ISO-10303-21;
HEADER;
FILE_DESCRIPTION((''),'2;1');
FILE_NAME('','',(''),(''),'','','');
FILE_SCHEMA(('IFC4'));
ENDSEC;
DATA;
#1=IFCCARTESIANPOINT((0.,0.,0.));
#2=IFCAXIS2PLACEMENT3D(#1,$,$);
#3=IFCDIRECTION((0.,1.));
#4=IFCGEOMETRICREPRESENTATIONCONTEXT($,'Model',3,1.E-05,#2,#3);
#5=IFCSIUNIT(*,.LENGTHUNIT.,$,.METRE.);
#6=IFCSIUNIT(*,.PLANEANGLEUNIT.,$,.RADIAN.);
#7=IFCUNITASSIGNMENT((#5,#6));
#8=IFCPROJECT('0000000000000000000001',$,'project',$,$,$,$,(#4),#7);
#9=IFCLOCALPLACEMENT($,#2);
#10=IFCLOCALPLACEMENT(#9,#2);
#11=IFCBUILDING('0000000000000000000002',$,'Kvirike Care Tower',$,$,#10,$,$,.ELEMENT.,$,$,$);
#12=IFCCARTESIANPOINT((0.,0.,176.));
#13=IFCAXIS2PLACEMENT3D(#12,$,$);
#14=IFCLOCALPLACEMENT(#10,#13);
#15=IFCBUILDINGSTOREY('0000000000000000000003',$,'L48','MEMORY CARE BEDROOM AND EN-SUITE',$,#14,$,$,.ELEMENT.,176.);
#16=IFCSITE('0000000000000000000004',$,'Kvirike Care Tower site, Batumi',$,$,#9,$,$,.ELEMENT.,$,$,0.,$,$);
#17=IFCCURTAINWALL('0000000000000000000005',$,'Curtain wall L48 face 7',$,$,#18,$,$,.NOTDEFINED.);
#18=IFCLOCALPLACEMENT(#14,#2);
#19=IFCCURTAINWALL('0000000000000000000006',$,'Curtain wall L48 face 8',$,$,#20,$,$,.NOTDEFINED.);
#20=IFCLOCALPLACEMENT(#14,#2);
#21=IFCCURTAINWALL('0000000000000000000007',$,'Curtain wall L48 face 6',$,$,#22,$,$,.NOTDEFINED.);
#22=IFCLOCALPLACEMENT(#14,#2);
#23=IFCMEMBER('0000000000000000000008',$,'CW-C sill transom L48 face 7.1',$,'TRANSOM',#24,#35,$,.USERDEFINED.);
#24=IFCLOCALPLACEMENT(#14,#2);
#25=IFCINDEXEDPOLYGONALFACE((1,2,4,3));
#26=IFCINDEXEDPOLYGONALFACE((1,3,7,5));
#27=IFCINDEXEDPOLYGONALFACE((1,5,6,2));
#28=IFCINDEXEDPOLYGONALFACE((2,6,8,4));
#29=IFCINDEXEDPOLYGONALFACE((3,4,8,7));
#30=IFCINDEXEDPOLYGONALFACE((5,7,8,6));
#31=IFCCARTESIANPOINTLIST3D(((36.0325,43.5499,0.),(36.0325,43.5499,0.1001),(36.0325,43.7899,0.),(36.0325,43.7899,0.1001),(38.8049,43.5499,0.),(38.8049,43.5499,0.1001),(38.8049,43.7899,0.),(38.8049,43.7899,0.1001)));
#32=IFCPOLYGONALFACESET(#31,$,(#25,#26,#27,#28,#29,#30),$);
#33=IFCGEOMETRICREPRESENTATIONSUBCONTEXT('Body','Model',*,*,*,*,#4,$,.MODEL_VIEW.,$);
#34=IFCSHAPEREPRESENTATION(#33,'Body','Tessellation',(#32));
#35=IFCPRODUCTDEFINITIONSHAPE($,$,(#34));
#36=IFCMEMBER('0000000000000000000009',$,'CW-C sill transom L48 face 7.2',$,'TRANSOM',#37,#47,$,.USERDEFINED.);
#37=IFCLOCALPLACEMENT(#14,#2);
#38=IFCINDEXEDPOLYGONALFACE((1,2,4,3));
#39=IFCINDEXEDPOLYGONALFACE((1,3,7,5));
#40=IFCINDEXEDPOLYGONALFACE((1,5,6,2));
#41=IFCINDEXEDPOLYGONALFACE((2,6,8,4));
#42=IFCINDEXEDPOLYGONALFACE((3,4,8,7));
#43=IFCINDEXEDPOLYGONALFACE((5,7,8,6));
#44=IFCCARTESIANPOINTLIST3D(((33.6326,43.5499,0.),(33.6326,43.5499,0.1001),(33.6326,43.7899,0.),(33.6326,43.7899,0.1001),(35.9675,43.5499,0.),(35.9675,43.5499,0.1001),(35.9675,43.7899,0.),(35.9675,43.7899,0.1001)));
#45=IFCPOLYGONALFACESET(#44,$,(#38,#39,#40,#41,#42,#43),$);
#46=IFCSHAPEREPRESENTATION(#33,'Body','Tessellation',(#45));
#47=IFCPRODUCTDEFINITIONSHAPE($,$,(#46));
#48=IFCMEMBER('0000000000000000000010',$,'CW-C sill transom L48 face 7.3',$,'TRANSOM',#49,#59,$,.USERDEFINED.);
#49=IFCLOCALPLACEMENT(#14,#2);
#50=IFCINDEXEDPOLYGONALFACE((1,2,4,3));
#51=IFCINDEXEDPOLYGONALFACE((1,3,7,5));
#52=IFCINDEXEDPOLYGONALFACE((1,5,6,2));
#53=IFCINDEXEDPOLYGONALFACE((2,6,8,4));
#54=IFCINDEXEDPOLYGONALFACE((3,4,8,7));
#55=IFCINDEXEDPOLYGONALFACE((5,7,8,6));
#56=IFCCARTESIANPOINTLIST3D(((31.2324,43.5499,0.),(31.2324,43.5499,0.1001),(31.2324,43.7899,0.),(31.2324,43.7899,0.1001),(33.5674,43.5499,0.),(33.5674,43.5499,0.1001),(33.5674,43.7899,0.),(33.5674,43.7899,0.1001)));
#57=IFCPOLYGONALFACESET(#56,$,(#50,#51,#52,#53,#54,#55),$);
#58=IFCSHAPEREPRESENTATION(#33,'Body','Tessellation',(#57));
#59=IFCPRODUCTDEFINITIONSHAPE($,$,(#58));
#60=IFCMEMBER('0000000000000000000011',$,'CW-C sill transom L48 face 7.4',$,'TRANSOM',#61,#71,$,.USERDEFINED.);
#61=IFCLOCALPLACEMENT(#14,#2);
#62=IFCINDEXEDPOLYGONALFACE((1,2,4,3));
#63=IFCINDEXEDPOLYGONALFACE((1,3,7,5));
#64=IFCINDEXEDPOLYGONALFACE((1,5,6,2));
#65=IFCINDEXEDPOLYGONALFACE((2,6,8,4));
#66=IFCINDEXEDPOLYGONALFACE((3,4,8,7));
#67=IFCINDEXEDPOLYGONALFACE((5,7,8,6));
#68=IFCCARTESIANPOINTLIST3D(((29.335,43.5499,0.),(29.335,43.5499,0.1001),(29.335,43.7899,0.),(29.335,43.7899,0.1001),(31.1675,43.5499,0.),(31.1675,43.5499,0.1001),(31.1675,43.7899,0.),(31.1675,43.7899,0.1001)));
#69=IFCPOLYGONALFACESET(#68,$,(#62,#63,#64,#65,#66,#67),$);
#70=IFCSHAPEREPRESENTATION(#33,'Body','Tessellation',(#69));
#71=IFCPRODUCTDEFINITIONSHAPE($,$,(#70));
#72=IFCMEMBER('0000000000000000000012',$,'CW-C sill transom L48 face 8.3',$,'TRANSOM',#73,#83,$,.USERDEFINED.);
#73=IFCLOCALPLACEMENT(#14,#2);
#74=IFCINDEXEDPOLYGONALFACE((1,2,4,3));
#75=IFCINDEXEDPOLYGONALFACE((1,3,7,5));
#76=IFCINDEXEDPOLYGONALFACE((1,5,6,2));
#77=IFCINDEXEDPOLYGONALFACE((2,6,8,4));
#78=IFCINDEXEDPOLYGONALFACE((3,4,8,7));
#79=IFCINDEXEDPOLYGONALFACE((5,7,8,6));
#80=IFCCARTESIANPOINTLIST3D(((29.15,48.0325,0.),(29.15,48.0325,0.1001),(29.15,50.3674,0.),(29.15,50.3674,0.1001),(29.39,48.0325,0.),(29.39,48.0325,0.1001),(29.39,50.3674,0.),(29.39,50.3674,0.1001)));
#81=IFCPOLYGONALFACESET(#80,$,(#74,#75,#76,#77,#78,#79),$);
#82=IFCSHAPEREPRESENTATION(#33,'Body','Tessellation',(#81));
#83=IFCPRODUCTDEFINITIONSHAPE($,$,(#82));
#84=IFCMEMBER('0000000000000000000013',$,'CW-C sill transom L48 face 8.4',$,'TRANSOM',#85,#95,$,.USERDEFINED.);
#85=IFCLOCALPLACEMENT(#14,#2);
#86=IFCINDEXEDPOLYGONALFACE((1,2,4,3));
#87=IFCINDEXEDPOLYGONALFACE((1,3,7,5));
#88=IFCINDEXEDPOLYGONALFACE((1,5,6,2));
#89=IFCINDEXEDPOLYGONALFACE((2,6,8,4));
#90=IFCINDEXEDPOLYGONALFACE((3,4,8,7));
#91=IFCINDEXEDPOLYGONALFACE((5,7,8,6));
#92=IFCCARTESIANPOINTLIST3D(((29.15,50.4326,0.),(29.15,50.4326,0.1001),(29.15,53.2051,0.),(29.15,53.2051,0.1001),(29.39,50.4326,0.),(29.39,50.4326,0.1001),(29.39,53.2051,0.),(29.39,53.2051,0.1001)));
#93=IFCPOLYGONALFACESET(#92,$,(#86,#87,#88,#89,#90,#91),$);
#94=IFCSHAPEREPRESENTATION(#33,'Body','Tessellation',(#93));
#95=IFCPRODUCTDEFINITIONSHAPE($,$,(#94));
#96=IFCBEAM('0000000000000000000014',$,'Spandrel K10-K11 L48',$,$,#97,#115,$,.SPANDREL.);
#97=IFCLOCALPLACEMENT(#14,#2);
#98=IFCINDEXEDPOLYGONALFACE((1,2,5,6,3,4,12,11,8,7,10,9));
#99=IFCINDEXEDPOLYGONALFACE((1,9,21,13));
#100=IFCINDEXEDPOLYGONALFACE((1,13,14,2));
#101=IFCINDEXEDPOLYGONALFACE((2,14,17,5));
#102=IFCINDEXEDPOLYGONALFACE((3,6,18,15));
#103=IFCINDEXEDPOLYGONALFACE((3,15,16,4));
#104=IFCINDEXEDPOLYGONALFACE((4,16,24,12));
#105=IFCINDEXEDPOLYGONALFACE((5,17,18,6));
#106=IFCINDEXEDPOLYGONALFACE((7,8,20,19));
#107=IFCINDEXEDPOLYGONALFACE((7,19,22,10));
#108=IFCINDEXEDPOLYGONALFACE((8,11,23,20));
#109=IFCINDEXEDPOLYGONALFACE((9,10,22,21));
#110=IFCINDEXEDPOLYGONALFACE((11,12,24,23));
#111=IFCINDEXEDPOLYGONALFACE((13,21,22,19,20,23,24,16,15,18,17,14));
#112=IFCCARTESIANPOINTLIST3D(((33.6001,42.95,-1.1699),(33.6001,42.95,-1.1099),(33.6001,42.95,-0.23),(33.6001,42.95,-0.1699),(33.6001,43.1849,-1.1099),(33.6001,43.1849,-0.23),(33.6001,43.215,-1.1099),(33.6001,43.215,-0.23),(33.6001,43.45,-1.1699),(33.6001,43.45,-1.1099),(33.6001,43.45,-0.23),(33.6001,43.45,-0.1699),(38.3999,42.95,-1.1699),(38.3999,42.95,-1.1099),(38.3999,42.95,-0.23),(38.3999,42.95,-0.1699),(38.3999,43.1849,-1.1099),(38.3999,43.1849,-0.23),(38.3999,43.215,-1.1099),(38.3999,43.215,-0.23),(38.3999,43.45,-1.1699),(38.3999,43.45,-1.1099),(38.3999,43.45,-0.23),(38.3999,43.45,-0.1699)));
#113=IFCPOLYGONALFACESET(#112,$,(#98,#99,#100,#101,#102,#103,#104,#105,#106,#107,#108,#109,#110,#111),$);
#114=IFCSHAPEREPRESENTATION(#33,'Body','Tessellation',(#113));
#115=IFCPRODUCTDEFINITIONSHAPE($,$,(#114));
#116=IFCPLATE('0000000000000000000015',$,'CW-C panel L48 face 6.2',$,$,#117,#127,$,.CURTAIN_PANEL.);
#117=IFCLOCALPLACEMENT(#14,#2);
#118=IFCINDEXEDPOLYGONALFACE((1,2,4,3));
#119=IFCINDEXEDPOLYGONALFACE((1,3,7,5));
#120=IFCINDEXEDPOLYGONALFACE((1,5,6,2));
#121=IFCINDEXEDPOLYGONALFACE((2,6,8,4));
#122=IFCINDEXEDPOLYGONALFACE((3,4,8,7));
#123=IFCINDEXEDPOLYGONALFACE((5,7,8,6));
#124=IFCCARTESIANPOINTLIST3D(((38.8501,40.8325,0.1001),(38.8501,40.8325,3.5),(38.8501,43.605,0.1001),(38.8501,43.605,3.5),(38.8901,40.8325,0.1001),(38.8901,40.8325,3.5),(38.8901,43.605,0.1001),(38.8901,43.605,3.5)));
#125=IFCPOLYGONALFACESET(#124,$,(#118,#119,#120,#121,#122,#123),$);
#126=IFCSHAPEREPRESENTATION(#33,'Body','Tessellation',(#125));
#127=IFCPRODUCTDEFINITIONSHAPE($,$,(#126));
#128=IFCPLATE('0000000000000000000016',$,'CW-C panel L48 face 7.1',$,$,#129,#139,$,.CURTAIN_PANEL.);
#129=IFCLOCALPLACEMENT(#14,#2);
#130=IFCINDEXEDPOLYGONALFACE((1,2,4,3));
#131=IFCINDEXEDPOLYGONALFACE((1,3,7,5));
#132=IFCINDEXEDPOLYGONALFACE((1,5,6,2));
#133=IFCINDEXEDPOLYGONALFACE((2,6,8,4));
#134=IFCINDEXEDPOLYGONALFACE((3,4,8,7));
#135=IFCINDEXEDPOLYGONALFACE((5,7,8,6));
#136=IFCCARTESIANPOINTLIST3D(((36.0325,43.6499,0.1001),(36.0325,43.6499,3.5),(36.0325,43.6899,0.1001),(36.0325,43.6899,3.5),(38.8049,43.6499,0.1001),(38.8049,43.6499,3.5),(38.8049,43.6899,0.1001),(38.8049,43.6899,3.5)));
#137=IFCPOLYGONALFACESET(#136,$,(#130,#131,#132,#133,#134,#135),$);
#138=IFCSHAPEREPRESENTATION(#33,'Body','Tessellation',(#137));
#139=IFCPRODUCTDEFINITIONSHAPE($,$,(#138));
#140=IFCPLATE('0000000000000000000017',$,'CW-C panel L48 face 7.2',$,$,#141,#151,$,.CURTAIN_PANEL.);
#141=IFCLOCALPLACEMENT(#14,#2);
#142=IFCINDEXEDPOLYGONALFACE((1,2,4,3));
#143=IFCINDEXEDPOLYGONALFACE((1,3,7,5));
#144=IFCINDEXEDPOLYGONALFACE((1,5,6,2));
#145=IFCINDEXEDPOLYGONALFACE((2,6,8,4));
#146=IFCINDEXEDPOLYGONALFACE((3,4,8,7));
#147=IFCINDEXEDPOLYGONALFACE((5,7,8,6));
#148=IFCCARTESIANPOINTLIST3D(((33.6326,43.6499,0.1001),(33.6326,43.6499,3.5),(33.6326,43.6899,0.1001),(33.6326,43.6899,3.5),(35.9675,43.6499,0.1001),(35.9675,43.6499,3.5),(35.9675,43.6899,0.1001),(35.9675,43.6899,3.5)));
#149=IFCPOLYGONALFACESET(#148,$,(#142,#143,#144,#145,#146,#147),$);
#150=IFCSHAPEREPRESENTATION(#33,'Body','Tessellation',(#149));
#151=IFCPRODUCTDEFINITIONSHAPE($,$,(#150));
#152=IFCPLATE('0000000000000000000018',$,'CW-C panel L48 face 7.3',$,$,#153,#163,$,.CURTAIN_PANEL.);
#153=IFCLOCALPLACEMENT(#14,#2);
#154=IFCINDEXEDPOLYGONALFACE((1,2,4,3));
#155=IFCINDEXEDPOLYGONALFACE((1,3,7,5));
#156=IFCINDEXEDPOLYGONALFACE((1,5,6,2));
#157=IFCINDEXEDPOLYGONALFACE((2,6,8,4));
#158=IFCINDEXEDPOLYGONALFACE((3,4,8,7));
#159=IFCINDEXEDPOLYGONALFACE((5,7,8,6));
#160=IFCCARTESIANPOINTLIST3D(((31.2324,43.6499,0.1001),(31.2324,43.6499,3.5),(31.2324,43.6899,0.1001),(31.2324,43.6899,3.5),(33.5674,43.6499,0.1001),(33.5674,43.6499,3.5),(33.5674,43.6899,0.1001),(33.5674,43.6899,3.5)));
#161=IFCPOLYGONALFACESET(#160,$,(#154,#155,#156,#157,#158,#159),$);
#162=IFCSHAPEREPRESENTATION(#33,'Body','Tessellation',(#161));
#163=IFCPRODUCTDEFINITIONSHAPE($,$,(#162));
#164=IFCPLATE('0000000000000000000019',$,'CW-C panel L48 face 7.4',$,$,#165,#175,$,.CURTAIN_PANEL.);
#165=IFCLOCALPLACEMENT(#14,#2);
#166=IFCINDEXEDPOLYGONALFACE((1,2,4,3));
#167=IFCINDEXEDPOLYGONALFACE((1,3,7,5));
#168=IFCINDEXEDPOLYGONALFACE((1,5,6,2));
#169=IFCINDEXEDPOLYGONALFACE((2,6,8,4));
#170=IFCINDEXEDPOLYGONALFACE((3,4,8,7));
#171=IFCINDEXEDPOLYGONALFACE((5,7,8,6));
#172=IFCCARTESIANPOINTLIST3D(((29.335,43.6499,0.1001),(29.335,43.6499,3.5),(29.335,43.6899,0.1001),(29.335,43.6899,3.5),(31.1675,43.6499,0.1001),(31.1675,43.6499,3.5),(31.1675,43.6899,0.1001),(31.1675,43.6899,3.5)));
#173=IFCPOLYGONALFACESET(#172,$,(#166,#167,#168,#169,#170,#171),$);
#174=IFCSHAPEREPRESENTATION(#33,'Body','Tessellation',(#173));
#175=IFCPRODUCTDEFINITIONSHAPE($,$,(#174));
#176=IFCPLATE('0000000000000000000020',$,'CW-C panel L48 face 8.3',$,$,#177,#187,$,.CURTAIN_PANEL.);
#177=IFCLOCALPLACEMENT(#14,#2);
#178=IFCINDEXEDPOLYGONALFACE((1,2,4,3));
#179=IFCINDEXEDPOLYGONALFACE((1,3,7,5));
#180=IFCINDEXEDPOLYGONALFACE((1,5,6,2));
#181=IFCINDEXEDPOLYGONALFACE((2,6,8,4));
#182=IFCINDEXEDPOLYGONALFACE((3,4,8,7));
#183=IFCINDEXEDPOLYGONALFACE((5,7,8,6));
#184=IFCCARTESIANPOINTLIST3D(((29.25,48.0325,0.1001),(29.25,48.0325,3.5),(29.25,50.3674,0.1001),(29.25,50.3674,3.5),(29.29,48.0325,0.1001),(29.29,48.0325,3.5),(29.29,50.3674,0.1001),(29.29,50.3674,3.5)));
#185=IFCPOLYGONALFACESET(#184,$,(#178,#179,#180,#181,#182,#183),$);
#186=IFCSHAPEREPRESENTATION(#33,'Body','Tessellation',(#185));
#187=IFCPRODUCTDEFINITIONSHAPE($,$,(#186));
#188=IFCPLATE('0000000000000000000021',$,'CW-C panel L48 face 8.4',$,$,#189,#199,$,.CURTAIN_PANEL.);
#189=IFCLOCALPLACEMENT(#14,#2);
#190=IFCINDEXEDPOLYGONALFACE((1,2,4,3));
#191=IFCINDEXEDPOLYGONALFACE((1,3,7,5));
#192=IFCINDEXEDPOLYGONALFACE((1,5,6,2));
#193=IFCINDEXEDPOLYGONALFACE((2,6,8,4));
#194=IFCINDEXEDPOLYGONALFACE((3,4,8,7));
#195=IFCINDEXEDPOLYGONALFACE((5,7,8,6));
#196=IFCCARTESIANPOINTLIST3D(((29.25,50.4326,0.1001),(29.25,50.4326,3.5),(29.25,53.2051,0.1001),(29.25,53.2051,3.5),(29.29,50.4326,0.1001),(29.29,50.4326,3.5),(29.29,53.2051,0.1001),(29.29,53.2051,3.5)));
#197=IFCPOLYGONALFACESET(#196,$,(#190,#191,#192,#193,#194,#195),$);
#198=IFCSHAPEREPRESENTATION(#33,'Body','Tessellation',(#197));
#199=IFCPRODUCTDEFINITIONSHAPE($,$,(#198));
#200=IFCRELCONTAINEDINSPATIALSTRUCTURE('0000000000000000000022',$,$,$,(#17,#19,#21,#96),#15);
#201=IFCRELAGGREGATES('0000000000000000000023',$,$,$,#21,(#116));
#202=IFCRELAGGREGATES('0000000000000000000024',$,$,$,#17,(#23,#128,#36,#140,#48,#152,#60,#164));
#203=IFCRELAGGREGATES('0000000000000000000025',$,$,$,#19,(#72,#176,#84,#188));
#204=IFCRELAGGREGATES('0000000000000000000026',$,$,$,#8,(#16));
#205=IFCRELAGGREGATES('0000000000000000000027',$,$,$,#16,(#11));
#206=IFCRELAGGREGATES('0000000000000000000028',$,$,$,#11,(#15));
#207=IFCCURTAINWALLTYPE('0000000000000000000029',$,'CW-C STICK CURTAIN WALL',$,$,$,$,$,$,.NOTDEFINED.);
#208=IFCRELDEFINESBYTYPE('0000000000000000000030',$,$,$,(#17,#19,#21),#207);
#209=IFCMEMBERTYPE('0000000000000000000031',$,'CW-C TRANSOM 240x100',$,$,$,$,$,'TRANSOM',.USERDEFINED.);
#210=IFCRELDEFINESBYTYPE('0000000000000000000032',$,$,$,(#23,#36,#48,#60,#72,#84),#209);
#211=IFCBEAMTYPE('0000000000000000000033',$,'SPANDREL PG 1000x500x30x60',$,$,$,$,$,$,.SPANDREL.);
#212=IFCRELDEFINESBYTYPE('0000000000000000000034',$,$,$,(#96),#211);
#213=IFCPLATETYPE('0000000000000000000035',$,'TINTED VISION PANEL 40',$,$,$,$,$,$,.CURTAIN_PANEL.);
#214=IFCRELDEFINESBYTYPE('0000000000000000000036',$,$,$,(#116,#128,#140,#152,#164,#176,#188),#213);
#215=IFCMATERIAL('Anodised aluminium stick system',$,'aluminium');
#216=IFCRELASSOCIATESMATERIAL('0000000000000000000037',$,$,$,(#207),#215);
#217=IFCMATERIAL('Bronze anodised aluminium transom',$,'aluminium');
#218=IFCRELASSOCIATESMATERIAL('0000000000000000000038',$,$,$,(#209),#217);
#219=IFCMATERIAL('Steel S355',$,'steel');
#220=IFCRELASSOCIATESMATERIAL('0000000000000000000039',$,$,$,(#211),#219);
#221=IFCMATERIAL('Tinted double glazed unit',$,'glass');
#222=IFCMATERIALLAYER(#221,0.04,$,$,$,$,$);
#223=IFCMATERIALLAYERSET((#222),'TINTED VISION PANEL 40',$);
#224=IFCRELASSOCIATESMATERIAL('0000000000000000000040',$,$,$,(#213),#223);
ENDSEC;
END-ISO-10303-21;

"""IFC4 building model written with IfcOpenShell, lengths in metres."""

from ifc_helpers import new_model, si_unit, direction, frame, origin, origin_2d, place, context, subcontext, project, spatial, rectangle, i_section, extrude, material, layer, layer_set, material_profile, profile_set, type_object, element, aggregate, save


model = new_model("IFC4")

# Units and contexts
model_context = context("Model", 3, precision=1e-05, world=origin(), true_north=direction((0.0, 1.0)))
body_context = subcontext(model_context, "Body", "Model", "MODEL_VIEW")
ifc_project = project(units=[si_unit("LENGTHUNIT", "METRE"), si_unit("PLANEANGLEUNIT", "RADIAN")], contexts=[model_context])

# Site, building, storey
site_placement = place(None, origin())
site = spatial("IfcSite", under=ifc_project, at=site_placement, Name="Kvirike Care Tower site, Batumi", CompositionType="ELEMENT", RefElevation=0.0)
building_placement = place(site_placement, origin())
building = spatial("IfcBuilding", under=site, at=building_placement, Name="Kvirike Care Tower", CompositionType="ELEMENT")
storey_placement = place(building_placement, frame((0.0, 0.0, 176.0)))
storey = spatial("IfcBuildingStorey", under=building, at=storey_placement, Name="L48", Description="MEMORY CARE BEDROOM AND EN-SUITE", CompositionType="ELEMENT", Elevation=176.0)

# Curtain walls
ifc_material_1 = material(Name="Anodised aluminium stick system", Category="aluminium")
curtain_wall_type = type_object("IfcCurtainWallType", Name="CW-C STICK CURTAIN WALL", PredefinedType="NOTDEFINED", material=ifc_material_1)
curtain_wall_1_placement = place(storey_placement, origin())
curtain_wall_1 = element("IfcCurtainWall", 1, at=curtain_wall_1_placement, inside=storey, type_object=curtain_wall_type, Name="Curtain wall L48 face 7", PredefinedType="NOTDEFINED")
curtain_wall_2_placement = place(storey_placement, origin())
curtain_wall_2 = element("IfcCurtainWall", 2, at=curtain_wall_2_placement, inside=storey, type_object=curtain_wall_type, Name="Curtain wall L48 face 8", PredefinedType="NOTDEFINED")

# Curtain wall
curtain_wall_3_placement = place(storey_placement, origin())
curtain_wall_3 = element("IfcCurtainWall", 3, at=curtain_wall_3_placement, inside=storey, type_object=curtain_wall_type, Name="Curtain wall L48 face 6", PredefinedType="NOTDEFINED")

# Members
ifc_material_2 = material(Name="Bronze anodised aluminium transom", Category="aluminium")
ifc_material_profile_1 = material_profile(ifc_material_2, rectangle(XDim=0.24, YDim=0.1001, at=origin_2d()), Name="CW-C TRANSOM 240x100")
ifc_profile_set_1 = profile_set([ifc_material_profile_1], Name="Bronze anodised aluminium transom")
member_type_1 = type_object("IfcMemberType", Name="CW-C TRANSOM 240x100", ElementType="TRANSOM", PredefinedType="USERDEFINED", material=ifc_profile_set_1)
member_1_placement = place(storey_placement, frame((38.8049, 43.6699, 0.05), z_axis=(-1.0, 0.0, 0.0), x_axis=(0.0, -1.0, 0.0)))
member_1 = element("IfcMember", 4, at=member_1_placement, type_object=member_type_1, Name="CW-C sill transom L48 face 7.1", ObjectType="TRANSOM", PredefinedType="USERDEFINED", context=body_context, shape_type="SweptSolid", body=[
    extrude(rectangle(XDim=0.24, YDim=0.1001, at=origin_2d()), origin(), (0.0, 0.0, 1.0), 2.7725),
])
member_2_placement = place(storey_placement, frame((35.9675, 43.6699, 0.05), z_axis=(-1.0, 0.0, 0.0), x_axis=(0.0, -1.0, 0.0)))
member_2 = element("IfcMember", 5, at=member_2_placement, type_object=member_type_1, Name="CW-C sill transom L48 face 7.2", ObjectType="TRANSOM", PredefinedType="USERDEFINED", context=body_context, shape_type="SweptSolid", body=[
    extrude(rectangle(XDim=0.24, YDim=0.1001, at=origin_2d()), origin(), (0.0, 0.0, 1.0), 2.335),
])
member_3_placement = place(storey_placement, frame((33.5674, 43.6699, 0.05), z_axis=(-1.0, 0.0, 0.0), x_axis=(0.0, -1.0, 0.0)))
member_3 = element("IfcMember", 6, at=member_3_placement, type_object=member_type_1, Name="CW-C sill transom L48 face 7.3", ObjectType="TRANSOM", PredefinedType="USERDEFINED", context=body_context, shape_type="SweptSolid", body=[
    extrude(rectangle(XDim=0.24, YDim=0.1001, at=origin_2d()), origin(), (0.0, 0.0, 1.0), 2.335),
])
member_4_placement = place(storey_placement, frame((31.1675, 43.6699, 0.05), z_axis=(-1.0, 0.0, 0.0), x_axis=(0.0, -1.0, 0.0)))
member_4 = element("IfcMember", 7, at=member_4_placement, type_object=member_type_1, Name="CW-C sill transom L48 face 7.4", ObjectType="TRANSOM", PredefinedType="USERDEFINED", context=body_context, shape_type="SweptSolid", body=[
    extrude(rectangle(XDim=0.24, YDim=0.1001, at=origin_2d()), origin(), (0.0, 0.0, 1.0), 1.8325),
])
member_5_placement = place(storey_placement, frame((29.27, 48.0325, 0.05), z_axis=(0.0, 1.0, 0.0), x_axis=(-1.0, 0.0, 0.0)))
member_5 = element("IfcMember", 8, at=member_5_placement, type_object=member_type_1, Name="CW-C sill transom L48 face 8.3", ObjectType="TRANSOM", PredefinedType="USERDEFINED", context=body_context, shape_type="SweptSolid", body=[
    extrude(rectangle(XDim=0.24, YDim=0.1001, at=origin_2d()), origin(), (0.0, 0.0, 1.0), 2.335),
])
member_6_placement = place(storey_placement, frame((29.27, 50.4326, 0.05), z_axis=(0.0, 1.0, 0.0), x_axis=(-1.0, 0.0, 0.0)))
member_6 = element("IfcMember", 9, at=member_6_placement, type_object=member_type_1, Name="CW-C sill transom L48 face 8.4", ObjectType="TRANSOM", PredefinedType="USERDEFINED", context=body_context, shape_type="SweptSolid", body=[
    extrude(rectangle(XDim=0.24, YDim=0.1001, at=origin_2d()), origin(), (0.0, 0.0, 1.0), 2.7725),
])

# Beam
ifc_material_3 = material(Name="Steel S355", Category="steel")
ifc_material_profile_2 = material_profile(ifc_material_3, i_section(OverallWidth=0.5, OverallDepth=1.0, WebThickness=0.03, FlangeThickness=0.0601, at=origin_2d()), Name="PG 1000x500x30x60")
ifc_profile_set_2 = profile_set([ifc_material_profile_2], Name="Steel S355")
beam_type = type_object("IfcBeamType", Name="SPANDREL PG 1000x500x30x60", PredefinedType="SPANDREL", material=ifc_profile_set_2)
beam_placement = place(storey_placement, frame((33.6001, 43.2, -0.6699), z_axis=(1.0, 0.0, 0.0), x_axis=(0.0, 1.0, 0.0)))
element("IfcBeam", 10, at=beam_placement, inside=storey, type_object=beam_type, Name="Spandrel K10-K11 L48", PredefinedType="SPANDREL", context=body_context, shape_type="SweptSolid", body=[
    extrude(i_section(OverallWidth=0.5, OverallDepth=1.0, WebThickness=0.03, FlangeThickness=0.0601, at=origin_2d()), origin(), (0.0, 0.0, 1.0), 4.7998),
])

# Plates
ifc_material_4 = material(Name="Tinted double glazed unit", Category="glass")
ifc_layer_1 = layer(ifc_material_4, 0.04)
ifc_layer_set_1 = layer_set([ifc_layer_1], Name="TINTED VISION PANEL 40")
plate_type = type_object("IfcPlateType", Name="TINTED VISION PANEL 40", PredefinedType="CURTAIN_PANEL", material=ifc_layer_set_1)
plate_1_placement = place(storey_placement, frame((38.8701, 42.2188, 0.1001), z_axis=(0.0, 0.0, 1.0), x_axis=(0.0, 1.0, 0.0)))
plate_1 = element("IfcPlate", 11, at=plate_1_placement, type_object=plate_type, Name="CW-C panel L48 face 6.2", PredefinedType="CURTAIN_PANEL", context=body_context, shape_type="SweptSolid", body=[
    extrude(rectangle(XDim=2.7725, YDim=0.04, at=origin_2d()), origin(), (0.0, 0.0, 1.0), 3.3999),
])
aggregate(curtain_wall_3, [plate_1])
plate_2_placement = place(storey_placement, frame((37.4187, 43.6699, 0.1001), z_axis=(0.0, 0.0, 1.0), x_axis=(-1.0, 0.0, 0.0)))
plate_2 = element("IfcPlate", 12, at=plate_2_placement, type_object=plate_type, Name="CW-C panel L48 face 7.1", PredefinedType="CURTAIN_PANEL", context=body_context, shape_type="SweptSolid", body=[
    extrude(rectangle(XDim=2.7725, YDim=0.04, at=origin_2d()), origin(), (0.0, 0.0, 1.0), 3.3999),
])
plate_3_placement = place(storey_placement, frame((34.8, 43.6699, 0.1001), z_axis=(0.0, 0.0, 1.0), x_axis=(-1.0, 0.0, 0.0)))
plate_3 = element("IfcPlate", 13, at=plate_3_placement, type_object=plate_type, Name="CW-C panel L48 face 7.2", PredefinedType="CURTAIN_PANEL", context=body_context, shape_type="SweptSolid", body=[
    extrude(rectangle(XDim=2.335, YDim=0.04, at=origin_2d()), origin(), (0.0, 0.0, 1.0), 3.3999),
])
plate_4_placement = place(storey_placement, frame((32.3999, 43.6699, 0.1001), z_axis=(0.0, 0.0, 1.0), x_axis=(-1.0, 0.0, 0.0)))
plate_4 = element("IfcPlate", 14, at=plate_4_placement, type_object=plate_type, Name="CW-C panel L48 face 7.3", PredefinedType="CURTAIN_PANEL", context=body_context, shape_type="SweptSolid", body=[
    extrude(rectangle(XDim=2.335, YDim=0.04, at=origin_2d()), origin(), (0.0, 0.0, 1.0), 3.3999),
])
plate_5_placement = place(storey_placement, frame((30.2512, 43.6699, 0.1001), z_axis=(0.0, 0.0, 1.0), x_axis=(-1.0, 0.0, 0.0)))
plate_5 = element("IfcPlate", 15, at=plate_5_placement, type_object=plate_type, Name="CW-C panel L48 face 7.4", PredefinedType="CURTAIN_PANEL", context=body_context, shape_type="SweptSolid", body=[
    extrude(rectangle(XDim=1.8325, YDim=0.04, at=origin_2d()), origin(), (0.0, 0.0, 1.0), 3.3999),
])
aggregate(curtain_wall_1, [member_1, plate_2, member_2, plate_3, member_3, plate_4, member_4, plate_5])
plate_6_placement = place(storey_placement, frame((29.27, 49.2, 0.1001), z_axis=(0.0, 0.0, 1.0), x_axis=(0.0, 1.0, 0.0)))
plate_6 = element("IfcPlate", 16, at=plate_6_placement, type_object=plate_type, Name="CW-C panel L48 face 8.3", PredefinedType="CURTAIN_PANEL", context=body_context, shape_type="SweptSolid", body=[
    extrude(rectangle(XDim=2.335, YDim=0.04, at=origin_2d()), origin(), (0.0, 0.0, 1.0), 3.3999),
])
plate_7_placement = place(storey_placement, frame((29.27, 51.8188, 0.1001), z_axis=(0.0, 0.0, 1.0), x_axis=(0.0, 1.0, 0.0)))
plate_7 = element("IfcPlate", 17, at=plate_7_placement, type_object=plate_type, Name="CW-C panel L48 face 8.4", PredefinedType="CURTAIN_PANEL", context=body_context, shape_type="SweptSolid", body=[
    extrude(rectangle(XDim=2.7725, YDim=0.04, at=origin_2d()), origin(), (0.0, 0.0, 1.0), 3.3999),
])
aggregate(curtain_wall_2, [member_5, plate_6, member_6, plate_7])

save(model, "model.ifc")
